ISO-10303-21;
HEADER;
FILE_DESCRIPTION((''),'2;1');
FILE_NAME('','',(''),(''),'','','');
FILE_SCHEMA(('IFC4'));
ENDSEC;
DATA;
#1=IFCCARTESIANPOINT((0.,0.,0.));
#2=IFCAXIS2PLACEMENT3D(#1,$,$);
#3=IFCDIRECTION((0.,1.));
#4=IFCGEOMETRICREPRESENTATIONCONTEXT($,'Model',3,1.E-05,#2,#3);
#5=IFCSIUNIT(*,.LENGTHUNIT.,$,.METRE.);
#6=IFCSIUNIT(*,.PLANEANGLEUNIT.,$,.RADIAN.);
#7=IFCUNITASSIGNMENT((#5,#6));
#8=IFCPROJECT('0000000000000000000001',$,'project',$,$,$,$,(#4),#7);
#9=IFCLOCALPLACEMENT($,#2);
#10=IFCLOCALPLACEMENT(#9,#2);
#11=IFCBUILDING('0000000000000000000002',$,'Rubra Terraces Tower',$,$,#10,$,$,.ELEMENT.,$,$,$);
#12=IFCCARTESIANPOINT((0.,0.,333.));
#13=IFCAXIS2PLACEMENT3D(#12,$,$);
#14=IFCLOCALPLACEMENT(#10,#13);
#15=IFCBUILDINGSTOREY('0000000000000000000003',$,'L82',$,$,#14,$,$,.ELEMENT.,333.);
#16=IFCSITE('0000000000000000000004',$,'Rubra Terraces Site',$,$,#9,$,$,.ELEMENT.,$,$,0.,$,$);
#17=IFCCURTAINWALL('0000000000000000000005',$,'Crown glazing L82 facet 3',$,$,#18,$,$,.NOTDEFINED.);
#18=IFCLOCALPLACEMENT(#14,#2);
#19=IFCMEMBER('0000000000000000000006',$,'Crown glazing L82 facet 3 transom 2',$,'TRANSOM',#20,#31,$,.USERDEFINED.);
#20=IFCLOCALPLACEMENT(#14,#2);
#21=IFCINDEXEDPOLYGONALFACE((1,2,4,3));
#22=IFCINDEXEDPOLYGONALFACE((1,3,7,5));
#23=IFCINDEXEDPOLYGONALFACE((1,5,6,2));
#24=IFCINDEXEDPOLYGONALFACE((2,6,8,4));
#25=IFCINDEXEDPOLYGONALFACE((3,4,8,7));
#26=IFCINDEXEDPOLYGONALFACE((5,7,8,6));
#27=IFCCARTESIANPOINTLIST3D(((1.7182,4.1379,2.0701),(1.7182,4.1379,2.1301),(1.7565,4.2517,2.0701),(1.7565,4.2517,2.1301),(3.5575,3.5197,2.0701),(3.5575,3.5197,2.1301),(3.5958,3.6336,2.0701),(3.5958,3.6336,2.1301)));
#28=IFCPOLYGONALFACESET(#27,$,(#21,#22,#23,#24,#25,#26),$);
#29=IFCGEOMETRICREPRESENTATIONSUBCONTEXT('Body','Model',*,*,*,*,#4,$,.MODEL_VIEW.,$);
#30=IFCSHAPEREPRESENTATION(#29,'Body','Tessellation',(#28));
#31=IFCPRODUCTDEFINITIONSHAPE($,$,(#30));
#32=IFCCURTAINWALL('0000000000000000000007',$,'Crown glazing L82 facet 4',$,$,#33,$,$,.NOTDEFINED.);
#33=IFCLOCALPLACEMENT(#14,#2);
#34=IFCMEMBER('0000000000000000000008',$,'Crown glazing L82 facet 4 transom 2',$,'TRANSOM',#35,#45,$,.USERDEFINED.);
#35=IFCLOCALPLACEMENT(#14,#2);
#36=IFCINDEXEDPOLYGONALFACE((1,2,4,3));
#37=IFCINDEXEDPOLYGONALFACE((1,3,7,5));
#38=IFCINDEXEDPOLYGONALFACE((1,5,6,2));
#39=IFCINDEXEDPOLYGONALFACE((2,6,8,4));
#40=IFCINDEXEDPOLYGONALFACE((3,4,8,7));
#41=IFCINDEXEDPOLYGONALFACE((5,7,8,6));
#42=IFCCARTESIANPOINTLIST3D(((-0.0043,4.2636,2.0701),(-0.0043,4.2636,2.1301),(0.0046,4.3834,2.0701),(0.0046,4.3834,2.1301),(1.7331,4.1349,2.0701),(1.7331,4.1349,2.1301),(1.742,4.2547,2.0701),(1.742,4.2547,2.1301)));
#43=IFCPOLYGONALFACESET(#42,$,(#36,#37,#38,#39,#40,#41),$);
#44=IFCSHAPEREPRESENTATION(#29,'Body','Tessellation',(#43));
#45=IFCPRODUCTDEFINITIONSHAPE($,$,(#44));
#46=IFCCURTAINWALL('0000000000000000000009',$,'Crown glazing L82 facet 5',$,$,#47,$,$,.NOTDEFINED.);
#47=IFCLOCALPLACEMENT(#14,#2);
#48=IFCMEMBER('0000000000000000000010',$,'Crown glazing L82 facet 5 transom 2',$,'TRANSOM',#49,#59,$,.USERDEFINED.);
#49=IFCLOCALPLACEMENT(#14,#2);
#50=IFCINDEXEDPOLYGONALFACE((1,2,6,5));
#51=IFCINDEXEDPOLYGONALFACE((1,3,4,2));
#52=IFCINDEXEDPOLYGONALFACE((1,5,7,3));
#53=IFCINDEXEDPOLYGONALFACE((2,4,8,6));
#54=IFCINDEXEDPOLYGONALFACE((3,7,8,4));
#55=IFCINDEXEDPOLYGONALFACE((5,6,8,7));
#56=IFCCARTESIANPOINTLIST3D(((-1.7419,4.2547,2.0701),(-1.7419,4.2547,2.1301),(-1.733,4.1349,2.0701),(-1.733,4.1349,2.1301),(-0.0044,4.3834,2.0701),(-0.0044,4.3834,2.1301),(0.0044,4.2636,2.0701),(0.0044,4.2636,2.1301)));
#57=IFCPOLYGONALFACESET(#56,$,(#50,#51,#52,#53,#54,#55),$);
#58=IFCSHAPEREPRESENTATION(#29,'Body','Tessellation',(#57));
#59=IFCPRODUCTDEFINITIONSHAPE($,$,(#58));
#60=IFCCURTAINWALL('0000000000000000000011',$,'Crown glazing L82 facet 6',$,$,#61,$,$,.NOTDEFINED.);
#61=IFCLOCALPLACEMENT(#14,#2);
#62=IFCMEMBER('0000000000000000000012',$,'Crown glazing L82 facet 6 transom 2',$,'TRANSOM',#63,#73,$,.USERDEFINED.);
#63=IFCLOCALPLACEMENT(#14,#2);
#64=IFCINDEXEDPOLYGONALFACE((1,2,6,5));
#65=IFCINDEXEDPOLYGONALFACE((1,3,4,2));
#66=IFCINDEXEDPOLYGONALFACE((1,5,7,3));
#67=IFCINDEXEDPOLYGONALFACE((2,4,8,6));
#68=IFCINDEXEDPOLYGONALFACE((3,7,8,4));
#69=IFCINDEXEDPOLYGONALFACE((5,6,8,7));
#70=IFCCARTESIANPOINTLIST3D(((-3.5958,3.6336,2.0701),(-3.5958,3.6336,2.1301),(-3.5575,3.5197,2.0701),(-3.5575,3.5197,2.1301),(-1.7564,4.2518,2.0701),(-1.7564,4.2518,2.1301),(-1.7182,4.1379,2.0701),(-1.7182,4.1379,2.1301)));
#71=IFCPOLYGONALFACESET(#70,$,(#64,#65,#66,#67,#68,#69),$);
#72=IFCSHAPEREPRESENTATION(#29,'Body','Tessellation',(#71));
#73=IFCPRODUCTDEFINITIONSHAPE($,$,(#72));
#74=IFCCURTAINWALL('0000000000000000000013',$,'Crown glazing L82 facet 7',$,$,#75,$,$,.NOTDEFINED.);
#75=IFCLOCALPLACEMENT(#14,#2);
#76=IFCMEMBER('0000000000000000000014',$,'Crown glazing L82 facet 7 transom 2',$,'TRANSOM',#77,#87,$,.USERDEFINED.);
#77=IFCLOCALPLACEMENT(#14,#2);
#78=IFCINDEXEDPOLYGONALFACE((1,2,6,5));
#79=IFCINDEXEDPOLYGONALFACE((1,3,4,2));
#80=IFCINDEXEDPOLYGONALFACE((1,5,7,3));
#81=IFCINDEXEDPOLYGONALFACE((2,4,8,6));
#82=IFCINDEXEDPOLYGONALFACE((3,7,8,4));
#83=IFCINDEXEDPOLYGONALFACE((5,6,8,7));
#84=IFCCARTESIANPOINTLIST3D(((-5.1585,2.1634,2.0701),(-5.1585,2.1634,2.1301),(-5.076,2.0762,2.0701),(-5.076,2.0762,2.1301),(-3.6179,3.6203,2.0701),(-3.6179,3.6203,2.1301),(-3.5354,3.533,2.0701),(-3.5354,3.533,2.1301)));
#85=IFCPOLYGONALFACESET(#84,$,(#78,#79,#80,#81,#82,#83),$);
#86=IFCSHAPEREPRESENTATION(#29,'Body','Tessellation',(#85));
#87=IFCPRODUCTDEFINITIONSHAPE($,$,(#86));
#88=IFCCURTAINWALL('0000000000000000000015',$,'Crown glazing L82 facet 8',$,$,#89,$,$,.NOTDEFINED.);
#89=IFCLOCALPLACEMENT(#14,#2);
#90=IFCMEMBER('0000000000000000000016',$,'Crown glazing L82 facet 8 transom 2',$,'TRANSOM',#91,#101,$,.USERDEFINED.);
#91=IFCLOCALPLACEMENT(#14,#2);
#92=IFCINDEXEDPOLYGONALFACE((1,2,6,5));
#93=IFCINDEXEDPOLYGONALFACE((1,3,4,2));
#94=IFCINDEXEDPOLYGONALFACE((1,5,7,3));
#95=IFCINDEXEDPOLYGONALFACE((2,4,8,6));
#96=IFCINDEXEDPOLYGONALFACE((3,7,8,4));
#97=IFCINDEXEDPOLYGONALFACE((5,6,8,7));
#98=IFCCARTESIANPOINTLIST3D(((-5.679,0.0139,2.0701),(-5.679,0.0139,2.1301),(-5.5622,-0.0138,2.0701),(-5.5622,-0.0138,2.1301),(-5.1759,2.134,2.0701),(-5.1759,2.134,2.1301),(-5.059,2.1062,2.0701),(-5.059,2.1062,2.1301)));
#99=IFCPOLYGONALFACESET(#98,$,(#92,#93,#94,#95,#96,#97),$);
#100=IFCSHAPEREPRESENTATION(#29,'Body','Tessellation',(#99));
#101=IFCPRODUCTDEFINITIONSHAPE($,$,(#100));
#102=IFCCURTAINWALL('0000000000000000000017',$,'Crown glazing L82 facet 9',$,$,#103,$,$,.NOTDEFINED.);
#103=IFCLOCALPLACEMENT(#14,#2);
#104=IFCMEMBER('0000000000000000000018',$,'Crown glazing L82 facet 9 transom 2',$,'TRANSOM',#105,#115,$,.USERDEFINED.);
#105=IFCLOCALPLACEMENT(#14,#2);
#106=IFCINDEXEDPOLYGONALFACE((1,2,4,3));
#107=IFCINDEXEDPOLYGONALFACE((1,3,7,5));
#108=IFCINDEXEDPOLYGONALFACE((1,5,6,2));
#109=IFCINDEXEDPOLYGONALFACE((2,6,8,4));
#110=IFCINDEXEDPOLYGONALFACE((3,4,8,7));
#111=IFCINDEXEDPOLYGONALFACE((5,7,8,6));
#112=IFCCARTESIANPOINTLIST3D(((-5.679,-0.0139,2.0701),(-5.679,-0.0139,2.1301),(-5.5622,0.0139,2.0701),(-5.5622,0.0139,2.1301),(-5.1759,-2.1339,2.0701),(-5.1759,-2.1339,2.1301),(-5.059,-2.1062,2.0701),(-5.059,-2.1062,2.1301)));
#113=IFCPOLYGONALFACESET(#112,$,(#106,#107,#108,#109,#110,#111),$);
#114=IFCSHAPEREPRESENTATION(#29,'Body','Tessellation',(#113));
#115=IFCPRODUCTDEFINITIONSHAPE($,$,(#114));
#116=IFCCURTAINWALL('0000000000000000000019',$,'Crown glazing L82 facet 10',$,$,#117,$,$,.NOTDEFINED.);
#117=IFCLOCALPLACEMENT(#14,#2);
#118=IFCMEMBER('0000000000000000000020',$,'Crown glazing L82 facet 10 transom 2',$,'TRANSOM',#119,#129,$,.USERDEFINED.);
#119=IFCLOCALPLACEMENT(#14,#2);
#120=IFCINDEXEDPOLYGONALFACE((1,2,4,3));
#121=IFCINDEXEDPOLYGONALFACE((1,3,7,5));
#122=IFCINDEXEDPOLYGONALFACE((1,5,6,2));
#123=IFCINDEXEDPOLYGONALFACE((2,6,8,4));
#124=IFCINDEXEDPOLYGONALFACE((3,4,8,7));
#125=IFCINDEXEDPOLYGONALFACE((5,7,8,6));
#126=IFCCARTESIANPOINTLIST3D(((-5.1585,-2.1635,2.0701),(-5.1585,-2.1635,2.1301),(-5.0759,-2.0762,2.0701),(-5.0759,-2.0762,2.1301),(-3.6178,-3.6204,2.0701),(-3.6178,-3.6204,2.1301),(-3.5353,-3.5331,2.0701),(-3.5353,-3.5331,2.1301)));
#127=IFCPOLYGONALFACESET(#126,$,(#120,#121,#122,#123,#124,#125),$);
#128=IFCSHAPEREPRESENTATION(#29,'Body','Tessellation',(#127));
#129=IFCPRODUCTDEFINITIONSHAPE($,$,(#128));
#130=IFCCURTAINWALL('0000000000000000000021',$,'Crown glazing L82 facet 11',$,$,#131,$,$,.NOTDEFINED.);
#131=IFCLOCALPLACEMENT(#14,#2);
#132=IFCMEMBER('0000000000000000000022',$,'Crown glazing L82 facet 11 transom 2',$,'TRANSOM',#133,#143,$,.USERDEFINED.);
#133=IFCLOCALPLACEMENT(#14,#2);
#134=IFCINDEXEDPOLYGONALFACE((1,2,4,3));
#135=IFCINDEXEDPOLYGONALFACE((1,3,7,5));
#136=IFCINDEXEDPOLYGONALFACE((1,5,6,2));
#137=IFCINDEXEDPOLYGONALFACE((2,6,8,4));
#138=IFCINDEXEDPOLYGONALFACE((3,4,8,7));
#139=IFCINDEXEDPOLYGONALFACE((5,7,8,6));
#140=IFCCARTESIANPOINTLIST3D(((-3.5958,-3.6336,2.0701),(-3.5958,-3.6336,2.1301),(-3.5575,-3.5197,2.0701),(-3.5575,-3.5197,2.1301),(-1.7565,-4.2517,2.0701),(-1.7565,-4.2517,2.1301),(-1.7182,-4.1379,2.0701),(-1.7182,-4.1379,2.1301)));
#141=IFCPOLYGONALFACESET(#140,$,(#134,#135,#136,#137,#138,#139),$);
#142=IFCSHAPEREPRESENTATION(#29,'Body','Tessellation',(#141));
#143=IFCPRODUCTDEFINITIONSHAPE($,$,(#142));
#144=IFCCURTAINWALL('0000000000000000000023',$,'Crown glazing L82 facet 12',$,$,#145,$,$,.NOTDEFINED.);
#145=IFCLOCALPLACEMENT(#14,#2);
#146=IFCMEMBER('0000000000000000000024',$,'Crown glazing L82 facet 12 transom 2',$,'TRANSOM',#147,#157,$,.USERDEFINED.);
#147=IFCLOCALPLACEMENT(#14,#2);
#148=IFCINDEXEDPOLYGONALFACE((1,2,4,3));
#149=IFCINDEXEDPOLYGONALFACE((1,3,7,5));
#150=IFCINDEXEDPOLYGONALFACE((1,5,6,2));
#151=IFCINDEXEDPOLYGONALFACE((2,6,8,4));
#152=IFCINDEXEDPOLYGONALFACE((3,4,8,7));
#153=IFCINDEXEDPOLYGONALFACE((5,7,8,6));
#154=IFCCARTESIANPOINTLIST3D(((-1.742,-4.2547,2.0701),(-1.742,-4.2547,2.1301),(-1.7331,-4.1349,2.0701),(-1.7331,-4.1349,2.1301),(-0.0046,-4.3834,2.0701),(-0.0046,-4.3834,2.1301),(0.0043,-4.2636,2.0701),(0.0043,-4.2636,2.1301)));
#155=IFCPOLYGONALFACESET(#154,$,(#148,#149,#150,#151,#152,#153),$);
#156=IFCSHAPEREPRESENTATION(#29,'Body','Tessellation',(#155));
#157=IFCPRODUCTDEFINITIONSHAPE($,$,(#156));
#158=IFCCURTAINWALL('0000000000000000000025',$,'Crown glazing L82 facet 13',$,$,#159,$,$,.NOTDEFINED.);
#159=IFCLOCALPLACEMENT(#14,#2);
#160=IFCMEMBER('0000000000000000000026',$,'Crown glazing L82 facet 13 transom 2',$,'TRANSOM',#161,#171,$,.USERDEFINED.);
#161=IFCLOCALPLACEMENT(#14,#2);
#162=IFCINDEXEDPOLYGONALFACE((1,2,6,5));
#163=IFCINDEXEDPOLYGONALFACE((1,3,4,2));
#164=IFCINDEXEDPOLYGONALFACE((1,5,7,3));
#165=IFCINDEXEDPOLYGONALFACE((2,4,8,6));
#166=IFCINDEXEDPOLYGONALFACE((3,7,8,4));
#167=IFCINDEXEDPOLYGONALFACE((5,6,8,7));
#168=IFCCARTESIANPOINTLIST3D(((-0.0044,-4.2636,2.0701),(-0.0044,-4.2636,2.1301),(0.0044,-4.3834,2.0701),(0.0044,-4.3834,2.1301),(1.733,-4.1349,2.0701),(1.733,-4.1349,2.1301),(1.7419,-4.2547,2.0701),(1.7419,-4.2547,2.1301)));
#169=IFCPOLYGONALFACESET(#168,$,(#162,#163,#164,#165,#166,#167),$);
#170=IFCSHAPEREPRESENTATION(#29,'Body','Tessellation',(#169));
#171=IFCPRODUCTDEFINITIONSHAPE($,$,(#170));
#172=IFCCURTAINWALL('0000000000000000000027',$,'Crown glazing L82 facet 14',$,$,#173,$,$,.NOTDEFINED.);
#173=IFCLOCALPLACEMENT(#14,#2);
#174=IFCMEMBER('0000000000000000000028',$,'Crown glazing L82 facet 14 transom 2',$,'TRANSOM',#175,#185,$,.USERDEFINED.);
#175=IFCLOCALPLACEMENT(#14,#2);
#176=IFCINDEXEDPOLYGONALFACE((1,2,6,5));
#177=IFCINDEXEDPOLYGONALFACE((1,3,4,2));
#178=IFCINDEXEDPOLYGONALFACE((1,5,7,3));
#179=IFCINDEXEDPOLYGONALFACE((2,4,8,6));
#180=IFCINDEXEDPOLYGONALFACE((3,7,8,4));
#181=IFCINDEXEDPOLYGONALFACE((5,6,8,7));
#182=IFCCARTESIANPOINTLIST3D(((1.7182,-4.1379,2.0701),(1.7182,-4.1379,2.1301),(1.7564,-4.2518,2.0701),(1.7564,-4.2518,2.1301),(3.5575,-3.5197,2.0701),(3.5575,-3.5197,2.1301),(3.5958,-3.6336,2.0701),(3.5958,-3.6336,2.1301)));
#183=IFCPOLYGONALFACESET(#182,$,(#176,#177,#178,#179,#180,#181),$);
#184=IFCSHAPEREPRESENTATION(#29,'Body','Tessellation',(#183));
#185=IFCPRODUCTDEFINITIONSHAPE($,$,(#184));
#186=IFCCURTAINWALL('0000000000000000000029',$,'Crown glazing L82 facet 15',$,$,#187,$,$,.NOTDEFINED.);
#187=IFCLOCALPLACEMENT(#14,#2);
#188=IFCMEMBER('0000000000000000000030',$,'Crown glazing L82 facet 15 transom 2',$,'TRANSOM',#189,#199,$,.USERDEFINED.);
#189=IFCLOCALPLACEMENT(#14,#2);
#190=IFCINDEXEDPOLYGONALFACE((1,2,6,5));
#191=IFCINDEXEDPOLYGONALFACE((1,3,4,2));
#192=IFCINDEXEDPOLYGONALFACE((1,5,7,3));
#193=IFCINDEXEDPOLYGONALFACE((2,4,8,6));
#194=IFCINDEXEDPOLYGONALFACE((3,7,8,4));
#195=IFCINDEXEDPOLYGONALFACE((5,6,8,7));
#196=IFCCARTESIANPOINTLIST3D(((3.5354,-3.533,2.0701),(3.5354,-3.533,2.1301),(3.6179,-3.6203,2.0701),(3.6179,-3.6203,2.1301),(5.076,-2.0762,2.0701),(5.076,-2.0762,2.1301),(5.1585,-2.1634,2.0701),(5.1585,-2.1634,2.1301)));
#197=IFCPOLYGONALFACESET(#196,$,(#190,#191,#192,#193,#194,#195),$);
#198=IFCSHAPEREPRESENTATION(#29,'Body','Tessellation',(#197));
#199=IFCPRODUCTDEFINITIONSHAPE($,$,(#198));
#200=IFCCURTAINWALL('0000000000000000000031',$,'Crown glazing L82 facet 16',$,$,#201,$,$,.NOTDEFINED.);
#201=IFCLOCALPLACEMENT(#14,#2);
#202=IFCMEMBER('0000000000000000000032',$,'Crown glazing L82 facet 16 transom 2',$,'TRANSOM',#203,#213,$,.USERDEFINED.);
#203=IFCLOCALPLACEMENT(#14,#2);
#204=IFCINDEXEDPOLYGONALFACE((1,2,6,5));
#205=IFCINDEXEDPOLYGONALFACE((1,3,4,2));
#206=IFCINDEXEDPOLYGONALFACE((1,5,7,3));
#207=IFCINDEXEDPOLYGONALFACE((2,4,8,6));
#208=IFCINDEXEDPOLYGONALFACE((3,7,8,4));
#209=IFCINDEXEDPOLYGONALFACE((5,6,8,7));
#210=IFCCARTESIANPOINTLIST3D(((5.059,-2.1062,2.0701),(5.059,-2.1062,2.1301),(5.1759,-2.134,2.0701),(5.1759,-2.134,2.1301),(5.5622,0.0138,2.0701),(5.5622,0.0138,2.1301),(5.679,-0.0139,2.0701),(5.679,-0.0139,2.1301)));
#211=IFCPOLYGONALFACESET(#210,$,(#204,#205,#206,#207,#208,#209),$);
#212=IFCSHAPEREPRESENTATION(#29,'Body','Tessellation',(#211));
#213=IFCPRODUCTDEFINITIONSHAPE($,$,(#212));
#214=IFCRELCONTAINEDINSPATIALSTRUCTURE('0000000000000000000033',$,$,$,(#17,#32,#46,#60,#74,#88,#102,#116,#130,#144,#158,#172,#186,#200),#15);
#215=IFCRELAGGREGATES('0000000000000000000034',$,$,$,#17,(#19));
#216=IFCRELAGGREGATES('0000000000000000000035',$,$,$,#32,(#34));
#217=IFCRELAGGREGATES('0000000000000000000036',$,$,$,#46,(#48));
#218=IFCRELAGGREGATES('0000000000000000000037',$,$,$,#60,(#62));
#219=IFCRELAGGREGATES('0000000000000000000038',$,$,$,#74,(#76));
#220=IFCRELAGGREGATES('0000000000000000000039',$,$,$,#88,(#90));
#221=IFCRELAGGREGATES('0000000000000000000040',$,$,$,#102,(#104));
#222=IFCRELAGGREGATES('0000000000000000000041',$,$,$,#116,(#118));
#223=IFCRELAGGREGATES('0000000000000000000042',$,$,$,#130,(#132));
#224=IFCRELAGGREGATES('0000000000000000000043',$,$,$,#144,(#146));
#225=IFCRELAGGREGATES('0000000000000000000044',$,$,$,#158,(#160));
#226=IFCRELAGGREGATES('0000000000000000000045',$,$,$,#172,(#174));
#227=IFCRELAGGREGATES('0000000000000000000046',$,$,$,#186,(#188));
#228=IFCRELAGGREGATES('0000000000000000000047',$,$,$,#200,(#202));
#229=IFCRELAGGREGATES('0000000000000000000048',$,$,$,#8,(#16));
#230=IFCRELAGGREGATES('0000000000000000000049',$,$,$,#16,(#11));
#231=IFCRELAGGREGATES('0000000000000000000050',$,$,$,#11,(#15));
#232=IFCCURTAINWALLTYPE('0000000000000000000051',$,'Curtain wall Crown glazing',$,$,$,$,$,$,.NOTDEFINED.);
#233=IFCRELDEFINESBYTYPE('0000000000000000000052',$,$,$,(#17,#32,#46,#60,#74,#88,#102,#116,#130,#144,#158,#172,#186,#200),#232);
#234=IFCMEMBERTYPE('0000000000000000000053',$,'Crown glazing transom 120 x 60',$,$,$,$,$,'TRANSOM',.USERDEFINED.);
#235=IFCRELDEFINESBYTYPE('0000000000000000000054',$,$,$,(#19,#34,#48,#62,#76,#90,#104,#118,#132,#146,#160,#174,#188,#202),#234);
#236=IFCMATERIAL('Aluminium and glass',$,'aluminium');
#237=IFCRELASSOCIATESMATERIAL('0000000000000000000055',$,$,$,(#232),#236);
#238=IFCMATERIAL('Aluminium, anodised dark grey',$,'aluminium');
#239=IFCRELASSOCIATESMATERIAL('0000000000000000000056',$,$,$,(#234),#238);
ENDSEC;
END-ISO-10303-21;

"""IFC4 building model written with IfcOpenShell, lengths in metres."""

from ifc_helpers import new_model, si_unit, direction, frame, origin, origin_2d, place, context, subcontext, project, spatial, rectangle, extrude, material, material_profile, profile_set, type_object, element, aggregate, save


model = new_model("IFC4")

# Units and contexts
model_context = context("Model", 3, precision=1e-05, world=origin(), true_north=direction((0.0, 1.0)))
body_context = subcontext(model_context, "Body", "Model", "MODEL_VIEW")
ifc_project = project(units=[si_unit("LENGTHUNIT", "METRE"), si_unit("PLANEANGLEUNIT", "RADIAN")], contexts=[model_context])

# Site, building, storey
site_placement = place(None, origin())
site = spatial("IfcSite", under=ifc_project, at=site_placement, Name="Rubra Terraces Site", CompositionType="ELEMENT", RefElevation=0.0)
building_placement = place(site_placement, origin())
building = spatial("IfcBuilding", under=site, at=building_placement, Name="Rubra Terraces Tower", CompositionType="ELEMENT")
storey_placement = place(building_placement, frame((0.0, 0.0, 333.0)))
storey = spatial("IfcBuildingStorey", under=building, at=storey_placement, Name="L82", CompositionType="ELEMENT", Elevation=333.0)

# Curtain walls, members
ifc_material_1 = material(Name="Aluminium and glass", Category="aluminium")
curtain_wall_type = type_object("IfcCurtainWallType", Name="Curtain wall Crown glazing", PredefinedType="NOTDEFINED", material=ifc_material_1)
curtain_wall_1_placement = place(storey_placement, origin())
curtain_wall_1 = element("IfcCurtainWall", 1, at=curtain_wall_1_placement, inside=storey, type_object=curtain_wall_type, Name="Crown glazing L82 facet 3", PredefinedType="NOTDEFINED")
ifc_material_2 = material(Name="Aluminium, anodised dark grey", Category="aluminium")
ifc_material_profile = material_profile(ifc_material_2, rectangle(XDim=0.1201, YDim=0.0601, at=origin_2d()), Name="AL 120x60")
ifc_profile_set = profile_set([ifc_material_profile], Name="Aluminium, anodised dark grey")
member_type = type_object("IfcMemberType", Name="Crown glazing transom 120 x 60", ElementType="TRANSOM", PredefinedType="USERDEFINED", material=ifc_profile_set)
member_1_placement = place(storey_placement, frame((3.5767, 3.5767, 2.1001), z_axis=(-0.9479, 0.318567, 0.0), x_axis=(-0.318567, -0.9479, 0.0)))
member_1 = element("IfcMember", 2, at=member_1_placement, type_object=member_type, Name="Crown glazing L82 facet 3 transom 2", ObjectType="TRANSOM", PredefinedType="USERDEFINED", context=body_context, shape_type="SweptSolid", body=[
    extrude(rectangle(XDim=0.1201, YDim=0.0601, at=origin_2d()), origin(), (0.0, 0.0, 1.0), 1.9404),
])
curtain_wall_2_placement = place(storey_placement, origin())
curtain_wall_2 = element("IfcCurtainWall", 3, at=curtain_wall_2_placement, inside=storey, type_object=curtain_wall_type, Name="Crown glazing L82 facet 4", PredefinedType="NOTDEFINED")
member_2_placement = place(storey_placement, frame((1.7375, 4.1948, 2.1001), z_axis=(-0.99727, 0.073846, 0.0), x_axis=(-0.073846, -0.99727, 0.0)))
member_2 = element("IfcMember", 4, at=member_2_placement, type_object=member_type, Name="Crown glazing L82 facet 4 transom 2", ObjectType="TRANSOM", PredefinedType="USERDEFINED", context=body_context, shape_type="SweptSolid", body=[
    extrude(rectangle(XDim=0.1201, YDim=0.0601, at=origin_2d()), origin(), (0.0, 0.0, 1.0), 1.7422),
])
curtain_wall_3_placement = place(storey_placement, origin())
curtain_wall_3 = element("IfcCurtainWall", 5, at=curtain_wall_3_placement, inside=storey, type_object=curtain_wall_type, Name="Crown glazing L82 facet 5", PredefinedType="NOTDEFINED")
member_3_placement = place(storey_placement, frame((0.0, 4.3235, 2.1001), z_axis=(-0.99727, -0.073846, 0.0), x_axis=(0.073846, -0.99727, 0.0)))
member_3 = element("IfcMember", 6, at=member_3_placement, type_object=member_type, Name="Crown glazing L82 facet 5 transom 2", ObjectType="TRANSOM", PredefinedType="USERDEFINED", context=body_context, shape_type="SweptSolid", body=[
    extrude(rectangle(XDim=0.1201, YDim=0.0601, at=origin_2d()), origin(), (0.0, 0.0, 1.0), 1.7422),
])
curtain_wall_4_placement = place(storey_placement, origin())
curtain_wall_4 = element("IfcCurtainWall", 7, at=curtain_wall_4_placement, inside=storey, type_object=curtain_wall_type, Name="Crown glazing L82 facet 6", PredefinedType="NOTDEFINED")
member_4_placement = place(storey_placement, frame((-1.7373, 4.1948, 2.1001), z_axis=(-0.9479, -0.318567, 0.0), x_axis=(0.318567, -0.9479, 0.0)))
member_4 = element("IfcMember", 8, at=member_4_placement, type_object=member_type, Name="Crown glazing L82 facet 6 transom 2", ObjectType="TRANSOM", PredefinedType="USERDEFINED", context=body_context, shape_type="SweptSolid", body=[
    extrude(rectangle(XDim=0.1201, YDim=0.0601, at=origin_2d()), origin(), (0.0, 0.0, 1.0), 1.9404),
])
curtain_wall_5_placement = place(storey_placement, origin())
curtain_wall_5 = element("IfcCurtainWall", 9, at=curtain_wall_5_placement, inside=storey, type_object=curtain_wall_type, Name="Crown glazing L82 facet 7", PredefinedType="NOTDEFINED")
member_5_placement = place(storey_placement, frame((-3.5767, 3.5767, 2.1001), z_axis=(-0.726579, -0.687083, 0.0), x_axis=(0.687083, -0.726579, 0.0)))
member_5 = element("IfcMember", 10, at=member_5_placement, type_object=member_type, Name="Crown glazing L82 facet 7 transom 2", ObjectType="TRANSOM", PredefinedType="USERDEFINED", context=body_context, shape_type="SweptSolid", body=[
    extrude(rectangle(XDim=0.1201, YDim=0.0601, at=origin_2d()), origin(), (0.0, 0.0, 1.0), 2.1204),
])
curtain_wall_6_placement = place(storey_placement, origin())
curtain_wall_6 = element("IfcCurtainWall", 11, at=curtain_wall_6_placement, inside=storey, type_object=curtain_wall_type, Name="Crown glazing L82 facet 8", PredefinedType="NOTDEFINED")
member_6_placement = place(storey_placement, frame((-5.1174, 2.1201, 2.1001), z_axis=(-0.230919, -0.972973, 0.0), x_axis=(0.972973, -0.230919, 0.0)))
member_6 = element("IfcMember", 12, at=member_6_placement, type_object=member_type, Name="Crown glazing L82 facet 8 transom 2", ObjectType="TRANSOM", PredefinedType="USERDEFINED", context=body_context, shape_type="SweptSolid", body=[
    extrude(rectangle(XDim=0.1201, YDim=0.0601, at=origin_2d()), origin(), (0.0, 0.0, 1.0), 2.179),
])
curtain_wall_7_placement = place(storey_placement, origin())
curtain_wall_7 = element("IfcCurtainWall", 13, at=curtain_wall_7_placement, inside=storey, type_object=curtain_wall_type, Name="Crown glazing L82 facet 9", PredefinedType="NOTDEFINED")
member_7_placement = place(storey_placement, frame((-5.6206, 0.0, 2.1001), z_axis=(0.230919, -0.972973, 0.0), x_axis=(0.972973, 0.230919, 0.0)))
member_7 = element("IfcMember", 14, at=member_7_placement, type_object=member_type, Name="Crown glazing L82 facet 9 transom 2", ObjectType="TRANSOM", PredefinedType="USERDEFINED", context=body_context, shape_type="SweptSolid", body=[
    extrude(rectangle(XDim=0.1201, YDim=0.0601, at=origin_2d()), origin(), (0.0, 0.0, 1.0), 2.179),
])
curtain_wall_8_placement = place(storey_placement, origin())
curtain_wall_8 = element("IfcCurtainWall", 15, at=curtain_wall_8_placement, inside=storey, type_object=curtain_wall_type, Name="Crown glazing L82 facet 10", PredefinedType="NOTDEFINED")
member_8_placement = place(storey_placement, frame((-5.1172, -2.1199, 2.1001), z_axis=(0.726579, -0.687083, 0.0), x_axis=(0.687083, 0.726579, 0.0)))
member_8 = element("IfcMember", 16, at=member_8_placement, type_object=member_type, Name="Crown glazing L82 facet 10 transom 2", ObjectType="TRANSOM", PredefinedType="USERDEFINED", context=body_context, shape_type="SweptSolid", body=[
    extrude(rectangle(XDim=0.1201, YDim=0.0601, at=origin_2d()), origin(), (0.0, 0.0, 1.0), 2.1204),
])
curtain_wall_9_placement = place(storey_placement, origin())
curtain_wall_9 = element("IfcCurtainWall", 17, at=curtain_wall_9_placement, inside=storey, type_object=curtain_wall_type, Name="Crown glazing L82 facet 11", PredefinedType="NOTDEFINED")
member_9_placement = place(storey_placement, frame((-3.5767, -3.5767, 2.1001), z_axis=(0.9479, -0.318567, 0.0), x_axis=(0.318567, 0.9479, 0.0)))
member_9 = element("IfcMember", 18, at=member_9_placement, type_object=member_type, Name="Crown glazing L82 facet 11 transom 2", ObjectType="TRANSOM", PredefinedType="USERDEFINED", context=body_context, shape_type="SweptSolid", body=[
    extrude(rectangle(XDim=0.1201, YDim=0.0601, at=origin_2d()), origin(), (0.0, 0.0, 1.0), 1.9404),
])
curtain_wall_10_placement = place(storey_placement, origin())
curtain_wall_10 = element("IfcCurtainWall", 19, at=curtain_wall_10_placement, inside=storey, type_object=curtain_wall_type, Name="Crown glazing L82 facet 12", PredefinedType="NOTDEFINED")
member_10_placement = place(storey_placement, frame((-1.7375, -4.1948, 2.1001), z_axis=(0.99727, -0.073846, 0.0), x_axis=(0.073846, 0.99727, 0.0)))
member_10 = element("IfcMember", 20, at=member_10_placement, type_object=member_type, Name="Crown glazing L82 facet 12 transom 2", ObjectType="TRANSOM", PredefinedType="USERDEFINED", context=body_context, shape_type="SweptSolid", body=[
    extrude(rectangle(XDim=0.1201, YDim=0.0601, at=origin_2d()), origin(), (0.0, 0.0, 1.0), 1.7422),
])
curtain_wall_11_placement = place(storey_placement, origin())
curtain_wall_11 = element("IfcCurtainWall", 21, at=curtain_wall_11_placement, inside=storey, type_object=curtain_wall_type, Name="Crown glazing L82 facet 13", PredefinedType="NOTDEFINED")
member_11_placement = place(storey_placement, frame((0.0, -4.3235, 2.1001), z_axis=(0.99727, 0.073846, 0.0), x_axis=(-0.073846, 0.99727, 0.0)))
member_11 = element("IfcMember", 22, at=member_11_placement, type_object=member_type, Name="Crown glazing L82 facet 13 transom 2", ObjectType="TRANSOM", PredefinedType="USERDEFINED", context=body_context, shape_type="SweptSolid", body=[
    extrude(rectangle(XDim=0.1201, YDim=0.0601, at=origin_2d()), origin(), (0.0, 0.0, 1.0), 1.7422),
])
curtain_wall_12_placement = place(storey_placement, origin())
curtain_wall_12 = element("IfcCurtainWall", 23, at=curtain_wall_12_placement, inside=storey, type_object=curtain_wall_type, Name="Crown glazing L82 facet 14", PredefinedType="NOTDEFINED")
member_12_placement = place(storey_placement, frame((1.7373, -4.1948, 2.1001), z_axis=(0.9479, 0.318567, 0.0), x_axis=(-0.318567, 0.9479, 0.0)))
member_12 = element("IfcMember", 24, at=member_12_placement, type_object=member_type, Name="Crown glazing L82 facet 14 transom 2", ObjectType="TRANSOM", PredefinedType="USERDEFINED", context=body_context, shape_type="SweptSolid", body=[
    extrude(rectangle(XDim=0.1201, YDim=0.0601, at=origin_2d()), origin(), (0.0, 0.0, 1.0), 1.9404),
])
curtain_wall_13_placement = place(storey_placement, origin())
curtain_wall_13 = element("IfcCurtainWall", 25, at=curtain_wall_13_placement, inside=storey, type_object=curtain_wall_type, Name="Crown glazing L82 facet 15", PredefinedType="NOTDEFINED")
member_13_placement = place(storey_placement, frame((3.5767, -3.5767, 2.1001), z_axis=(0.726579, 0.687083, 0.0), x_axis=(-0.687083, 0.726579, 0.0)))
member_13 = element("IfcMember", 26, at=member_13_placement, type_object=member_type, Name="Crown glazing L82 facet 15 transom 2", ObjectType="TRANSOM", PredefinedType="USERDEFINED", context=body_context, shape_type="SweptSolid", body=[
    extrude(rectangle(XDim=0.1201, YDim=0.0601, at=origin_2d()), origin(), (0.0, 0.0, 1.0), 2.1204),
])
curtain_wall_14_placement = place(storey_placement, origin())
curtain_wall_14 = element("IfcCurtainWall", 27, at=curtain_wall_14_placement, inside=storey, type_object=curtain_wall_type, Name="Crown glazing L82 facet 16", PredefinedType="NOTDEFINED")
member_14_placement = place(storey_placement, frame((5.1174, -2.1201, 2.1001), z_axis=(0.230919, 0.972973, 0.0), x_axis=(-0.972973, 0.230919, 0.0)))
member_14 = element("IfcMember", 28, at=member_14_placement, type_object=member_type, Name="Crown glazing L82 facet 16 transom 2", ObjectType="TRANSOM", PredefinedType="USERDEFINED", context=body_context, shape_type="SweptSolid", body=[
    extrude(rectangle(XDim=0.1201, YDim=0.0601, at=origin_2d()), origin(), (0.0, 0.0, 1.0), 2.179),
])

aggregate(curtain_wall_1, [member_1])
aggregate(curtain_wall_2, [member_2])
aggregate(curtain_wall_3, [member_3])
aggregate(curtain_wall_4, [member_4])
aggregate(curtain_wall_5, [member_5])
aggregate(curtain_wall_6, [member_6])
aggregate(curtain_wall_7, [member_7])
aggregate(curtain_wall_8, [member_8])
aggregate(curtain_wall_9, [member_9])
aggregate(curtain_wall_10, [member_10])
aggregate(curtain_wall_11, [member_11])
aggregate(curtain_wall_12, [member_12])
aggregate(curtain_wall_13, [member_13])
aggregate(curtain_wall_14, [member_14])

save(model, "model.ifc")
